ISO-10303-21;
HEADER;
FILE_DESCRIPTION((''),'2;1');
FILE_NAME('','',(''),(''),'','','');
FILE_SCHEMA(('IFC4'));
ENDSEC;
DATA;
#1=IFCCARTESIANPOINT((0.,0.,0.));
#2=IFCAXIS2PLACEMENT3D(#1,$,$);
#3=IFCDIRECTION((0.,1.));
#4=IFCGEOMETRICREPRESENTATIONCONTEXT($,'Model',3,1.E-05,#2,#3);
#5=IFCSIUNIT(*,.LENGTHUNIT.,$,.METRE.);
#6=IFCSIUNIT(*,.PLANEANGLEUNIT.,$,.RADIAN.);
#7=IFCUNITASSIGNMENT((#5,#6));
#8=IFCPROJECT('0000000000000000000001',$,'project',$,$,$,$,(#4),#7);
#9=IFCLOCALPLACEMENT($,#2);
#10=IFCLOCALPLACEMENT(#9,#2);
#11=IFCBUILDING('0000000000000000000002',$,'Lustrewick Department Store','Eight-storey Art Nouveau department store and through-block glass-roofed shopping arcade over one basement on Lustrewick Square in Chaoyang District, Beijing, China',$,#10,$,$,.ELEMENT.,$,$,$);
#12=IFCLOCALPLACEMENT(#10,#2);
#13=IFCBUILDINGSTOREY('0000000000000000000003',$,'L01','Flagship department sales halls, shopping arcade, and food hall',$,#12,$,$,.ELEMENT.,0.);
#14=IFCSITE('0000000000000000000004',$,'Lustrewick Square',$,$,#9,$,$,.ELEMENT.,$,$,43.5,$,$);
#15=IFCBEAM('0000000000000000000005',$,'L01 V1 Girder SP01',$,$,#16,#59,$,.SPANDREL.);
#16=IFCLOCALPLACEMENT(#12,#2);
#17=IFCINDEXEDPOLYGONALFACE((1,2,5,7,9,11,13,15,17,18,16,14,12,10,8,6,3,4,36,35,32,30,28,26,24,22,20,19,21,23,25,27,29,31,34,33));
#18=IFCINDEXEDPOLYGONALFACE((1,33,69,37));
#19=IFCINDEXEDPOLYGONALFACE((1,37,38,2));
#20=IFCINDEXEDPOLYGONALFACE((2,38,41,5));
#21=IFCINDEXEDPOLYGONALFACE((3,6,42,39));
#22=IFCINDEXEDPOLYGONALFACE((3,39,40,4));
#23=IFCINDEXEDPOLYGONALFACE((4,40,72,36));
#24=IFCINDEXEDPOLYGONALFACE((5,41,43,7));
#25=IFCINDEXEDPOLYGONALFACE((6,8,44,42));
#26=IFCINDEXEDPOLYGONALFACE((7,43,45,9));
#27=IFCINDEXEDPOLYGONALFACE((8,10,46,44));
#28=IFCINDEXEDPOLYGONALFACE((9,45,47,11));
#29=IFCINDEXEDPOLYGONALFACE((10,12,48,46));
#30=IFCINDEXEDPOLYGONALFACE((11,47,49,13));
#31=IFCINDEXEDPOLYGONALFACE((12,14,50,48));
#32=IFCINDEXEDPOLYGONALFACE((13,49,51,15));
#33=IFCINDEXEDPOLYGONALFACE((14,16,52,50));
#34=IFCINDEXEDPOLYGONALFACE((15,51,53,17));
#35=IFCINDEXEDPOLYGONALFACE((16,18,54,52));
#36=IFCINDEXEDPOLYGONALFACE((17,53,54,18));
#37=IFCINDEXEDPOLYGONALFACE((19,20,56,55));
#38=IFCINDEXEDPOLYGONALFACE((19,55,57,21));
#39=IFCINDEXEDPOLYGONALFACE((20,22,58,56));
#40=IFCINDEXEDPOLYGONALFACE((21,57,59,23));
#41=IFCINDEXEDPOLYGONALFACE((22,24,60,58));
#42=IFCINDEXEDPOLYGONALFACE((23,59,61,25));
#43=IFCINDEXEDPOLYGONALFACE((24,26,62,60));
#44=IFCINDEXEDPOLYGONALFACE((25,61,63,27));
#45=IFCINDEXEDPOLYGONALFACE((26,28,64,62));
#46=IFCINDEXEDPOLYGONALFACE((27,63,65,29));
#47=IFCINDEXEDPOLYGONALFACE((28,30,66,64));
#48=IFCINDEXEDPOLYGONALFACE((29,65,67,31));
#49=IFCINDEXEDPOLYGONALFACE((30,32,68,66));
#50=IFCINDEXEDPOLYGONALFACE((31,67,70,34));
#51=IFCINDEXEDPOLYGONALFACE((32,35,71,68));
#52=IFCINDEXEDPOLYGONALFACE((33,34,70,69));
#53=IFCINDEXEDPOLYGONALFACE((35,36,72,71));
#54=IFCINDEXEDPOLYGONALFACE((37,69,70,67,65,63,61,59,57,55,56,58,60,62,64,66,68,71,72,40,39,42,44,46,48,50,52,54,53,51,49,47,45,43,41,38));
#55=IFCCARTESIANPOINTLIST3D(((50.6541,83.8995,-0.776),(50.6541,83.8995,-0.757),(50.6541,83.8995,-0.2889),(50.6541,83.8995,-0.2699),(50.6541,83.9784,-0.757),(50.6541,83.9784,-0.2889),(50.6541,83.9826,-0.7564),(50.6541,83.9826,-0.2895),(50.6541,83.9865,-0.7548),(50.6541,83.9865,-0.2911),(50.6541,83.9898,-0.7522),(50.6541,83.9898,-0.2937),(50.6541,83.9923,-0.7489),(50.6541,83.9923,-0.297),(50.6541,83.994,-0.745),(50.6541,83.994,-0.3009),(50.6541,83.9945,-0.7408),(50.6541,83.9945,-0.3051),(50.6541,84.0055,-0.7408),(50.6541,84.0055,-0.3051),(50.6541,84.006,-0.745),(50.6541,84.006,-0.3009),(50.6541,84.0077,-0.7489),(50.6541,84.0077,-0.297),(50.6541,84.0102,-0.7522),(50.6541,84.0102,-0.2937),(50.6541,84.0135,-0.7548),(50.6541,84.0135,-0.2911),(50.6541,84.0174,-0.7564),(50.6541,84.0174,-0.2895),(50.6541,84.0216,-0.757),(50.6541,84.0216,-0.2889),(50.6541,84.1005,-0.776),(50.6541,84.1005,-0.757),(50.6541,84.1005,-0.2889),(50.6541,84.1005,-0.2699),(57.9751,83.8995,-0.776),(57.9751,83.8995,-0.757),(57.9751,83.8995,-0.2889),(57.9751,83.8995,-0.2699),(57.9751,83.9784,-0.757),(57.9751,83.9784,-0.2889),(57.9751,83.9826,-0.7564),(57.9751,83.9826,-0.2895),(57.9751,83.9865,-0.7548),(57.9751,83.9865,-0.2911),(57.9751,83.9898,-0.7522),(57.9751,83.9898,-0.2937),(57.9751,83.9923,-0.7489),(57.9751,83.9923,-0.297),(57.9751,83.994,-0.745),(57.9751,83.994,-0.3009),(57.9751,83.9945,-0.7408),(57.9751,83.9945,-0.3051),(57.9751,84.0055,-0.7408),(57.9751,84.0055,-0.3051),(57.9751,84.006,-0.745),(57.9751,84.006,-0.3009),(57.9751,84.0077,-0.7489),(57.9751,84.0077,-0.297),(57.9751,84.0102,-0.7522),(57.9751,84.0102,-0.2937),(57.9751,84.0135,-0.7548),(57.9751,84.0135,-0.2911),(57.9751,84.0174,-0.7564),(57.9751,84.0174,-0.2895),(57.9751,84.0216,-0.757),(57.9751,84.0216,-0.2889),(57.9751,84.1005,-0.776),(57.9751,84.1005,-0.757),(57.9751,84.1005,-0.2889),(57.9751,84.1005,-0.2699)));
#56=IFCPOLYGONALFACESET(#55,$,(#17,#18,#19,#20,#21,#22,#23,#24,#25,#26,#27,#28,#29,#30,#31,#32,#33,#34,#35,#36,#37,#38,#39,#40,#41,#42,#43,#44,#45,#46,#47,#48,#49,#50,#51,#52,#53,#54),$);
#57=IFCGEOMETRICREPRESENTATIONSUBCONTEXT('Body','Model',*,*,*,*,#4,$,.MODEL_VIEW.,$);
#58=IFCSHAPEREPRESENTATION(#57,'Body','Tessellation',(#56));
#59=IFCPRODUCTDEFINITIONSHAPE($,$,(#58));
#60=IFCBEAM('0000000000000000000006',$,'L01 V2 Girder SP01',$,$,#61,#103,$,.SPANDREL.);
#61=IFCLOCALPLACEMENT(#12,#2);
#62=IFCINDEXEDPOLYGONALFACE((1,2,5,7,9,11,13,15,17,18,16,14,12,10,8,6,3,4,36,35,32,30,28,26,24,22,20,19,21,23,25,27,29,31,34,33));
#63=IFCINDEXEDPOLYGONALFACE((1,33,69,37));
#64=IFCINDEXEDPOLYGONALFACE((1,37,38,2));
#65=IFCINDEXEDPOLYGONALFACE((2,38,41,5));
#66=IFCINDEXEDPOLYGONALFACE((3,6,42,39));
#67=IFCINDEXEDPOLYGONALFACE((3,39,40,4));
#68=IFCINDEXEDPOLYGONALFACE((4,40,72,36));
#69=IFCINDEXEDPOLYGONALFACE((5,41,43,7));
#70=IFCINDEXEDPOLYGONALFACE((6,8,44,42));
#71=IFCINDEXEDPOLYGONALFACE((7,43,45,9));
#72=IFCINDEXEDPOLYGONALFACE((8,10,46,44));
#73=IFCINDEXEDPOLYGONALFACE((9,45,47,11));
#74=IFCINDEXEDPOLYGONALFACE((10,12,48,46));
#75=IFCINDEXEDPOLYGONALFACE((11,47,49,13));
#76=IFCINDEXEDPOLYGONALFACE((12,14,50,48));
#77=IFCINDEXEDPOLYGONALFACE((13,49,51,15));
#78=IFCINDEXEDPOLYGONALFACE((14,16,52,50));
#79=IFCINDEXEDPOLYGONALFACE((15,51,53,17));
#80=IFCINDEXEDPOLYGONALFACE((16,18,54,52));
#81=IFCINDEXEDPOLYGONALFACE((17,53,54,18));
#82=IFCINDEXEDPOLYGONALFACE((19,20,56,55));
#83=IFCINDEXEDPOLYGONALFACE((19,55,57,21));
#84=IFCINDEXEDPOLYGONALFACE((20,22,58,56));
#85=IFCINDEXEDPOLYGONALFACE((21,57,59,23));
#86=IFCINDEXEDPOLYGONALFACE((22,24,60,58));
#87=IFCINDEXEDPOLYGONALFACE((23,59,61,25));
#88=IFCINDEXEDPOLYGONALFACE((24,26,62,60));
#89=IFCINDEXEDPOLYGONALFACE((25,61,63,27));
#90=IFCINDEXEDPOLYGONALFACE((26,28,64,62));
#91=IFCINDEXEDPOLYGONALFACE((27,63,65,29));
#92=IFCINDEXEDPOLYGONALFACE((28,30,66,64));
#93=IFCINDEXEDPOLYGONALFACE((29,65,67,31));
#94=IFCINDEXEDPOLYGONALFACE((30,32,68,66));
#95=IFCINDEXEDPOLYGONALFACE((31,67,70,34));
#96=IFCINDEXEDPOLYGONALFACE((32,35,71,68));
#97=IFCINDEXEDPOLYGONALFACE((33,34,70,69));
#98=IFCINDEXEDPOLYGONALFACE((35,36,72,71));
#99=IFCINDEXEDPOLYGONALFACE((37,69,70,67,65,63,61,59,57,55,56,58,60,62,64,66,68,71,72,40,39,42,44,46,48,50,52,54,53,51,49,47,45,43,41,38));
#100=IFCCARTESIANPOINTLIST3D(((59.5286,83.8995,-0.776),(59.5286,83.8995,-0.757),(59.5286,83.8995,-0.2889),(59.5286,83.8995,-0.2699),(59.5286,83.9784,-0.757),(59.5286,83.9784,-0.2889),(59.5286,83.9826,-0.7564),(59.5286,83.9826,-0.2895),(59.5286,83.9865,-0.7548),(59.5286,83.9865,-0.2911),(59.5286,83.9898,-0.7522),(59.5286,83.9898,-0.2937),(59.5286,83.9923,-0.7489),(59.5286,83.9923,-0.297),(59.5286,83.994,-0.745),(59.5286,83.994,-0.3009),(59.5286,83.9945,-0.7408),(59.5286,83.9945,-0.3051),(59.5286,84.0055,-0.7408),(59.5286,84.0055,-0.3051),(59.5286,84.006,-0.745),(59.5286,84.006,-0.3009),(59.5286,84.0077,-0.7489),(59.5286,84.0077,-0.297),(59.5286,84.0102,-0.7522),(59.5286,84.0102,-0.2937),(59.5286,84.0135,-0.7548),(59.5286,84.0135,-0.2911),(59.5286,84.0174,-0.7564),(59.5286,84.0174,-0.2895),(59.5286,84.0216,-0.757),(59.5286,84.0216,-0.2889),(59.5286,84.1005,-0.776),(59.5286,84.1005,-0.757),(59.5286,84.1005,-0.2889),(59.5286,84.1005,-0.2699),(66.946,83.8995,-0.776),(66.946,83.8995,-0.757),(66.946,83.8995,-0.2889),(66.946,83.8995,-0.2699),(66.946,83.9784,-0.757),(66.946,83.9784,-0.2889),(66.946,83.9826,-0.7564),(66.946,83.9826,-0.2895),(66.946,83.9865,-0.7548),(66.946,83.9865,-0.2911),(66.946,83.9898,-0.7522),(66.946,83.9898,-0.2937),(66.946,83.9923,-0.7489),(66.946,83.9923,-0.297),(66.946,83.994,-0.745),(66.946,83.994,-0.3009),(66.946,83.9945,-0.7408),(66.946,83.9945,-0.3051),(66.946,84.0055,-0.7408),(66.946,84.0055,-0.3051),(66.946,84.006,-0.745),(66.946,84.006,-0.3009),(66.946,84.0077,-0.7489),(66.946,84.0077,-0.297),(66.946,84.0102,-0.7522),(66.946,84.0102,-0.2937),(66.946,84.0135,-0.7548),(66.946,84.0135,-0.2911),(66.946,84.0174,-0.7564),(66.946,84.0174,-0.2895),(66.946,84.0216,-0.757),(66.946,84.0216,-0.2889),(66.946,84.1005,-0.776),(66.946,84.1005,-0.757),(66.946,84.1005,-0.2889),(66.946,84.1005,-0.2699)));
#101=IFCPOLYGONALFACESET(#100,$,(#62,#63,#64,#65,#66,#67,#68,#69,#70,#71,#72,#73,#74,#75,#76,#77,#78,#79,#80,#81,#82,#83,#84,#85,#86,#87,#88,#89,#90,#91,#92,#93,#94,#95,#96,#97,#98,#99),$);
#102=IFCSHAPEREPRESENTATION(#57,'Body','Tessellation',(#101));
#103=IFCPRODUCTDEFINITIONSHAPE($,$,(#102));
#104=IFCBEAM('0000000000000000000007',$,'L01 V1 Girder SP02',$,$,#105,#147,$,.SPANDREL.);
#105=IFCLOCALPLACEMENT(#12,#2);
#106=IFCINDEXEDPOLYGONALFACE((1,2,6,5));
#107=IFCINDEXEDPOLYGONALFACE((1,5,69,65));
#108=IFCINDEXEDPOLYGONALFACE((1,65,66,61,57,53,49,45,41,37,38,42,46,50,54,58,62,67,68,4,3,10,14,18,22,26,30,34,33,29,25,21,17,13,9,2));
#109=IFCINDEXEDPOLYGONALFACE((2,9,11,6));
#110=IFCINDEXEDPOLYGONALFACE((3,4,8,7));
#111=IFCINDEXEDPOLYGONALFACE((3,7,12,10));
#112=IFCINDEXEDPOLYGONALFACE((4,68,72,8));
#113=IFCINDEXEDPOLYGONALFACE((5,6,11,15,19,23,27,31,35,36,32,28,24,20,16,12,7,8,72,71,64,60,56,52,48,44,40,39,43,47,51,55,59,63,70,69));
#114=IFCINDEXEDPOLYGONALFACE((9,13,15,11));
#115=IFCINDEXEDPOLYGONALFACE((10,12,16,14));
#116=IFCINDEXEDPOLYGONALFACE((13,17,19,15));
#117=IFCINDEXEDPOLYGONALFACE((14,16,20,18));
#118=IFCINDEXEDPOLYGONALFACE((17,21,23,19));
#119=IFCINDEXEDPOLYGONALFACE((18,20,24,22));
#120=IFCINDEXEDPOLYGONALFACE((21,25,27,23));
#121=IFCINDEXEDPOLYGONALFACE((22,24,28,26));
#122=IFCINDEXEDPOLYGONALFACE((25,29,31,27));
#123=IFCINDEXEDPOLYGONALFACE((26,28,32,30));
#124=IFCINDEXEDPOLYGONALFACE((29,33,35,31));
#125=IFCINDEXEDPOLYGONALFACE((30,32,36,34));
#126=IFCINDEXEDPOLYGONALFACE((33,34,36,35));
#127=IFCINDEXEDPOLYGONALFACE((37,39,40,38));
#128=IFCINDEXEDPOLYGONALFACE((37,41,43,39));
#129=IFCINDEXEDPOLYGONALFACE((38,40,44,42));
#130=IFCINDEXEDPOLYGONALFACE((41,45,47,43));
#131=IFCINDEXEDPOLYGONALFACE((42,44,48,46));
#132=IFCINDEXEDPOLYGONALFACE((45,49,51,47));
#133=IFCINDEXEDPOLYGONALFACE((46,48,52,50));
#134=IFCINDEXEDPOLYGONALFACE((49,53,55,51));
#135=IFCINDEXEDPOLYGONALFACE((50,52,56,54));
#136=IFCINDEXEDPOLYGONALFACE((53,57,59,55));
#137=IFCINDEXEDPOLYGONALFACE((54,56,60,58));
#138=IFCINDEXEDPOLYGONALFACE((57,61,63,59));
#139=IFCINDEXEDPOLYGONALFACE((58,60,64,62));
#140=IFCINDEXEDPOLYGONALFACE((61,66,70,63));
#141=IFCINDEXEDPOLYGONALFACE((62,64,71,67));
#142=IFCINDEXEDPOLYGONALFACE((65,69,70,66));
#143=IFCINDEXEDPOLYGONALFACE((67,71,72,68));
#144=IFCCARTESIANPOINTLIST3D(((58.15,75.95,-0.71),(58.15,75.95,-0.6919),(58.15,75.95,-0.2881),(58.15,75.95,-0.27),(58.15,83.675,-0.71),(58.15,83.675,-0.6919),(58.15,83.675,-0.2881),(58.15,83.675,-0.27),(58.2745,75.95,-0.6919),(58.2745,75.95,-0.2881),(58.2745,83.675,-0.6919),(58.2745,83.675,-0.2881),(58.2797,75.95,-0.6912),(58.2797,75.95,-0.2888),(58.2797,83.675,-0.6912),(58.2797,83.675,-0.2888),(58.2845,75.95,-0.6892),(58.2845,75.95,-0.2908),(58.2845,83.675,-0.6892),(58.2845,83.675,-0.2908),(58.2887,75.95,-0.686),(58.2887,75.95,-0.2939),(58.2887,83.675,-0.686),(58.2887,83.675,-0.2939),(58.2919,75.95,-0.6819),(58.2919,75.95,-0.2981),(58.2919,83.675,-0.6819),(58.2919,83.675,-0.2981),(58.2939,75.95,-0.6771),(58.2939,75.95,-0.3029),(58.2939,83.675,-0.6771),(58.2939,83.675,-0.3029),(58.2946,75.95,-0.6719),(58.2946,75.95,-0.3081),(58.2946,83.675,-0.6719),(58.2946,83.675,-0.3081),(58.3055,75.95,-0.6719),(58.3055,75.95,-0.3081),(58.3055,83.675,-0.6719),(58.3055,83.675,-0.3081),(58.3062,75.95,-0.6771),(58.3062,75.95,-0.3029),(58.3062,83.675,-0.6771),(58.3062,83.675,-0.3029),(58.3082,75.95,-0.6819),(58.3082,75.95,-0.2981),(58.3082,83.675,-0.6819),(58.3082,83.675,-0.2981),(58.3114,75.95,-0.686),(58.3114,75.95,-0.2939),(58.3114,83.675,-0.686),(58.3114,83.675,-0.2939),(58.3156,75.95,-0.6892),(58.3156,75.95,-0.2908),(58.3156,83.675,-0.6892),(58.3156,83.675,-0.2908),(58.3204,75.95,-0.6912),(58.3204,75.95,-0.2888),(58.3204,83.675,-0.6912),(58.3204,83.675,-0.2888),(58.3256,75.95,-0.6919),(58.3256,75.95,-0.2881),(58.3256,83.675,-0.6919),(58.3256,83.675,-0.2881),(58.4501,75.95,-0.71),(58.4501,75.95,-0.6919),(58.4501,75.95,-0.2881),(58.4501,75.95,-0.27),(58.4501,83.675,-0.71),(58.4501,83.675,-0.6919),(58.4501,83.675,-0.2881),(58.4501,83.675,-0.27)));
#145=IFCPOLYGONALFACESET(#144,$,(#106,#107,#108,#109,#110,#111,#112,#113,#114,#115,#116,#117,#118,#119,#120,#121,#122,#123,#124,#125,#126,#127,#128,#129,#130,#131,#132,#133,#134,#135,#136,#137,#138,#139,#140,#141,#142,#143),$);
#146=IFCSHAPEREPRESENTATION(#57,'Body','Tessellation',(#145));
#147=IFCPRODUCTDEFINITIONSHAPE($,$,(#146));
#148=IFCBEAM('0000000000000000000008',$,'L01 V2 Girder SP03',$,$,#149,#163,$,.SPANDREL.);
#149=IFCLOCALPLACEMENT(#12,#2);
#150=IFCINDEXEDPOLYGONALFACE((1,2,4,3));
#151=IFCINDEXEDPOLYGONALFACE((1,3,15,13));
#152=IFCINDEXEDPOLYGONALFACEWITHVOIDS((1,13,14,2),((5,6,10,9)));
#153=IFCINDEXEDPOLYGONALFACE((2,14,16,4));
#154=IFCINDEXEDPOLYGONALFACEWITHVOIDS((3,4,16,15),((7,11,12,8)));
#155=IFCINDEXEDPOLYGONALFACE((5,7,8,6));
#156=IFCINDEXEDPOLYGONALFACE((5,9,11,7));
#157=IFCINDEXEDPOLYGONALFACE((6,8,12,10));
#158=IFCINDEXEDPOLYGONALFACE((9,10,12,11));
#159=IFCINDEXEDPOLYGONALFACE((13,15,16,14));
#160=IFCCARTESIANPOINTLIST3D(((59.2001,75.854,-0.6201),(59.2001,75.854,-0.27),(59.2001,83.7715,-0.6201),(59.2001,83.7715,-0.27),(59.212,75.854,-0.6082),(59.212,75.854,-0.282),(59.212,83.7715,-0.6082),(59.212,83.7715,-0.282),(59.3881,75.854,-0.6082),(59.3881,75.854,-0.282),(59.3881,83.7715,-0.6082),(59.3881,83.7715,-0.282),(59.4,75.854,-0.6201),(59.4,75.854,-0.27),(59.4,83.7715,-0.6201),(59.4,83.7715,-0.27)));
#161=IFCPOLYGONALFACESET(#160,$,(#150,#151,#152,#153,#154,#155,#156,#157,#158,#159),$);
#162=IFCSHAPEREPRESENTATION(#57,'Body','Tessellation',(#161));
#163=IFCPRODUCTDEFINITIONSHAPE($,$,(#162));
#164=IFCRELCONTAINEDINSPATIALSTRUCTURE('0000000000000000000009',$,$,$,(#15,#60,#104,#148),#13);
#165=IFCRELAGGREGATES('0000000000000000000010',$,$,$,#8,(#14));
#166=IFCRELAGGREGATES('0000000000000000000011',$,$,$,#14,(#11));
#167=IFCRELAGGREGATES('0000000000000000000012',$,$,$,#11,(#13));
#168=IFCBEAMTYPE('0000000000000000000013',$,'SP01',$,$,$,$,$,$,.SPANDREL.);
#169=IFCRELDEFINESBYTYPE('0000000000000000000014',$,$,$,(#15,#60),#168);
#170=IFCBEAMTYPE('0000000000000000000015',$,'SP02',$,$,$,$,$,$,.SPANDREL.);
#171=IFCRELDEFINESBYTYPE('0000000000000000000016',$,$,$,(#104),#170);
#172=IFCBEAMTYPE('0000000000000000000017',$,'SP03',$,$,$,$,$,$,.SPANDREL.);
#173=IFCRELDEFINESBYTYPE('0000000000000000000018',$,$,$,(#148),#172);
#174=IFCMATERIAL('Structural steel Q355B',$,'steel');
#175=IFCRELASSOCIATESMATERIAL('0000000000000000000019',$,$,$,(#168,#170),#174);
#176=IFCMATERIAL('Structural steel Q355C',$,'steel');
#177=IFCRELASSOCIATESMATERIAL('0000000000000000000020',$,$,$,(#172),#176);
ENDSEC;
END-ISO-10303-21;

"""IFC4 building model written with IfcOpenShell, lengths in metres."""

from ifc_helpers import new_model, si_unit, direction, frame, origin, origin_2d, place, context, subcontext, project, spatial, hollow_rectangle, i_section, extrude, material, material_profile, profile_set, type_object, element, save


model = new_model("IFC4")

# Units and contexts
model_context = context("Model", 3, precision=1e-05, world=origin(), true_north=direction((0.0, 1.0)))
body_context = subcontext(model_context, "Body", "Model", "MODEL_VIEW")
ifc_project = project(units=[si_unit("LENGTHUNIT", "METRE"), si_unit("PLANEANGLEUNIT", "RADIAN")], contexts=[model_context])

# Site, building, storey
site_placement = place(None, origin())
site = spatial("IfcSite", under=ifc_project, at=site_placement, Name="Lustrewick Square", CompositionType="ELEMENT", RefElevation=43.5)
building_placement = place(site_placement, origin())
building = spatial("IfcBuilding", under=site, at=building_placement, Name="Lustrewick Department Store", Description="Eight-storey Art Nouveau department store and through-block glass-roofed shopping arcade over one basement on Lustrewick Square in Chaoyang District, Beijing, China", CompositionType="ELEMENT")
storey_placement = place(building_placement, origin())
storey = spatial("IfcBuildingStorey", under=building, at=storey_placement, Name="L01", Description="Flagship department sales halls, shopping arcade, and food hall", CompositionType="ELEMENT", Elevation=0.0)

# Shared definitions
ifc_material_1 = material(Name="Structural steel Q355C", Category="steel")

# Beams
ifc_material_2 = material(Name="Structural steel Q355B", Category="steel")
ifc_material_profile_1 = material_profile(ifc_material_2, i_section(OverallWidth=0.2009, OverallDepth=0.5061, WebThickness=0.011, FlangeThickness=0.019, FilletRadius=0.0161, at=origin_2d()), Name="HN 506x201x11x19")
ifc_profile_set_1 = profile_set([ifc_material_profile_1], Name="Structural steel Q355B")
beam_type_1 = type_object("IfcBeamType", Name="SP01", PredefinedType="SPANDREL", material=ifc_profile_set_1)
beam_1_placement = place(storey_placement, frame((50.6541, 84.0, -0.5229), z_axis=(1.0, 0.0, 0.0), x_axis=(0.0, 1.0, 0.0)))
element("IfcBeam", 1, at=beam_1_placement, inside=storey, type_object=beam_type_1, Name="L01 V1 Girder SP01", PredefinedType="SPANDREL", context=body_context, shape_type="SweptSolid", body=[
    extrude(i_section(OverallWidth=0.2009, OverallDepth=0.5061, WebThickness=0.011, FlangeThickness=0.019, FilletRadius=0.0161, at=origin_2d()), origin(), (0.0, 0.0, 1.0), 7.321),
])
beam_2_placement = place(storey_placement, frame((59.5286, 84.0, -0.5229), z_axis=(1.0, 0.0, 0.0), x_axis=(0.0, 1.0, 0.0)))
element("IfcBeam", 2, at=beam_2_placement, inside=storey, type_object=beam_type_1, Name="L01 V2 Girder SP01", PredefinedType="SPANDREL", context=body_context, shape_type="SweptSolid", body=[
    extrude(i_section(OverallWidth=0.2009, OverallDepth=0.5061, WebThickness=0.011, FlangeThickness=0.019, FilletRadius=0.0161, at=origin_2d()), origin(), (0.0, 0.0, 1.0), 7.4175),
])
ifc_material_profile_2 = material_profile(ifc_material_2, i_section(OverallWidth=0.3, OverallDepth=0.4399, WebThickness=0.011, FlangeThickness=0.0181, FilletRadius=0.02, at=origin_2d()), Name="HM 440x300x11x18")
ifc_profile_set_2 = profile_set([ifc_material_profile_2], Name="Structural steel Q355B")
beam_type_2 = type_object("IfcBeamType", Name="SP02", PredefinedType="SPANDREL", material=ifc_profile_set_2)
beam_3_placement = place(storey_placement, frame((58.3, 75.95, -0.49), z_axis=(0.0, 1.0, 0.0), x_axis=(-1.0, 0.0, 0.0)))
element("IfcBeam", 3, at=beam_3_placement, inside=storey, type_object=beam_type_2, Name="L01 V1 Girder SP02", PredefinedType="SPANDREL", context=body_context, shape_type="SweptSolid", body=[
    extrude(i_section(OverallWidth=0.3, OverallDepth=0.4399, WebThickness=0.011, FlangeThickness=0.0181, FilletRadius=0.02, at=origin_2d()), origin(), (0.0, 0.0, 1.0), 7.7251),
])
ifc_material_profile_3 = material_profile(ifc_material_1, hollow_rectangle(XDim=0.2, YDim=0.3501, WallThickness=0.012, at=origin_2d()), Name="RHS 350x200x12")
ifc_profile_set_3 = profile_set([ifc_material_profile_3], Name="Structural steel Q355C")
beam_type_3 = type_object("IfcBeamType", Name="SP03", PredefinedType="SPANDREL", material=ifc_profile_set_3)
beam_4_placement = place(storey_placement, frame((59.3, 75.854, -0.4451), z_axis=(0.0, 1.0, 0.0), x_axis=(-1.0, 0.0, 0.0)))
element("IfcBeam", 4, at=beam_4_placement, inside=storey, type_object=beam_type_3, Name="L01 V2 Girder SP03", PredefinedType="SPANDREL", context=body_context, shape_type="SweptSolid", body=[
    extrude(hollow_rectangle(XDim=0.2, YDim=0.3501, WallThickness=0.012, at=origin_2d()), origin(), (0.0, 0.0, 1.0), 7.9175),
])

save(model, "model.ifc")
